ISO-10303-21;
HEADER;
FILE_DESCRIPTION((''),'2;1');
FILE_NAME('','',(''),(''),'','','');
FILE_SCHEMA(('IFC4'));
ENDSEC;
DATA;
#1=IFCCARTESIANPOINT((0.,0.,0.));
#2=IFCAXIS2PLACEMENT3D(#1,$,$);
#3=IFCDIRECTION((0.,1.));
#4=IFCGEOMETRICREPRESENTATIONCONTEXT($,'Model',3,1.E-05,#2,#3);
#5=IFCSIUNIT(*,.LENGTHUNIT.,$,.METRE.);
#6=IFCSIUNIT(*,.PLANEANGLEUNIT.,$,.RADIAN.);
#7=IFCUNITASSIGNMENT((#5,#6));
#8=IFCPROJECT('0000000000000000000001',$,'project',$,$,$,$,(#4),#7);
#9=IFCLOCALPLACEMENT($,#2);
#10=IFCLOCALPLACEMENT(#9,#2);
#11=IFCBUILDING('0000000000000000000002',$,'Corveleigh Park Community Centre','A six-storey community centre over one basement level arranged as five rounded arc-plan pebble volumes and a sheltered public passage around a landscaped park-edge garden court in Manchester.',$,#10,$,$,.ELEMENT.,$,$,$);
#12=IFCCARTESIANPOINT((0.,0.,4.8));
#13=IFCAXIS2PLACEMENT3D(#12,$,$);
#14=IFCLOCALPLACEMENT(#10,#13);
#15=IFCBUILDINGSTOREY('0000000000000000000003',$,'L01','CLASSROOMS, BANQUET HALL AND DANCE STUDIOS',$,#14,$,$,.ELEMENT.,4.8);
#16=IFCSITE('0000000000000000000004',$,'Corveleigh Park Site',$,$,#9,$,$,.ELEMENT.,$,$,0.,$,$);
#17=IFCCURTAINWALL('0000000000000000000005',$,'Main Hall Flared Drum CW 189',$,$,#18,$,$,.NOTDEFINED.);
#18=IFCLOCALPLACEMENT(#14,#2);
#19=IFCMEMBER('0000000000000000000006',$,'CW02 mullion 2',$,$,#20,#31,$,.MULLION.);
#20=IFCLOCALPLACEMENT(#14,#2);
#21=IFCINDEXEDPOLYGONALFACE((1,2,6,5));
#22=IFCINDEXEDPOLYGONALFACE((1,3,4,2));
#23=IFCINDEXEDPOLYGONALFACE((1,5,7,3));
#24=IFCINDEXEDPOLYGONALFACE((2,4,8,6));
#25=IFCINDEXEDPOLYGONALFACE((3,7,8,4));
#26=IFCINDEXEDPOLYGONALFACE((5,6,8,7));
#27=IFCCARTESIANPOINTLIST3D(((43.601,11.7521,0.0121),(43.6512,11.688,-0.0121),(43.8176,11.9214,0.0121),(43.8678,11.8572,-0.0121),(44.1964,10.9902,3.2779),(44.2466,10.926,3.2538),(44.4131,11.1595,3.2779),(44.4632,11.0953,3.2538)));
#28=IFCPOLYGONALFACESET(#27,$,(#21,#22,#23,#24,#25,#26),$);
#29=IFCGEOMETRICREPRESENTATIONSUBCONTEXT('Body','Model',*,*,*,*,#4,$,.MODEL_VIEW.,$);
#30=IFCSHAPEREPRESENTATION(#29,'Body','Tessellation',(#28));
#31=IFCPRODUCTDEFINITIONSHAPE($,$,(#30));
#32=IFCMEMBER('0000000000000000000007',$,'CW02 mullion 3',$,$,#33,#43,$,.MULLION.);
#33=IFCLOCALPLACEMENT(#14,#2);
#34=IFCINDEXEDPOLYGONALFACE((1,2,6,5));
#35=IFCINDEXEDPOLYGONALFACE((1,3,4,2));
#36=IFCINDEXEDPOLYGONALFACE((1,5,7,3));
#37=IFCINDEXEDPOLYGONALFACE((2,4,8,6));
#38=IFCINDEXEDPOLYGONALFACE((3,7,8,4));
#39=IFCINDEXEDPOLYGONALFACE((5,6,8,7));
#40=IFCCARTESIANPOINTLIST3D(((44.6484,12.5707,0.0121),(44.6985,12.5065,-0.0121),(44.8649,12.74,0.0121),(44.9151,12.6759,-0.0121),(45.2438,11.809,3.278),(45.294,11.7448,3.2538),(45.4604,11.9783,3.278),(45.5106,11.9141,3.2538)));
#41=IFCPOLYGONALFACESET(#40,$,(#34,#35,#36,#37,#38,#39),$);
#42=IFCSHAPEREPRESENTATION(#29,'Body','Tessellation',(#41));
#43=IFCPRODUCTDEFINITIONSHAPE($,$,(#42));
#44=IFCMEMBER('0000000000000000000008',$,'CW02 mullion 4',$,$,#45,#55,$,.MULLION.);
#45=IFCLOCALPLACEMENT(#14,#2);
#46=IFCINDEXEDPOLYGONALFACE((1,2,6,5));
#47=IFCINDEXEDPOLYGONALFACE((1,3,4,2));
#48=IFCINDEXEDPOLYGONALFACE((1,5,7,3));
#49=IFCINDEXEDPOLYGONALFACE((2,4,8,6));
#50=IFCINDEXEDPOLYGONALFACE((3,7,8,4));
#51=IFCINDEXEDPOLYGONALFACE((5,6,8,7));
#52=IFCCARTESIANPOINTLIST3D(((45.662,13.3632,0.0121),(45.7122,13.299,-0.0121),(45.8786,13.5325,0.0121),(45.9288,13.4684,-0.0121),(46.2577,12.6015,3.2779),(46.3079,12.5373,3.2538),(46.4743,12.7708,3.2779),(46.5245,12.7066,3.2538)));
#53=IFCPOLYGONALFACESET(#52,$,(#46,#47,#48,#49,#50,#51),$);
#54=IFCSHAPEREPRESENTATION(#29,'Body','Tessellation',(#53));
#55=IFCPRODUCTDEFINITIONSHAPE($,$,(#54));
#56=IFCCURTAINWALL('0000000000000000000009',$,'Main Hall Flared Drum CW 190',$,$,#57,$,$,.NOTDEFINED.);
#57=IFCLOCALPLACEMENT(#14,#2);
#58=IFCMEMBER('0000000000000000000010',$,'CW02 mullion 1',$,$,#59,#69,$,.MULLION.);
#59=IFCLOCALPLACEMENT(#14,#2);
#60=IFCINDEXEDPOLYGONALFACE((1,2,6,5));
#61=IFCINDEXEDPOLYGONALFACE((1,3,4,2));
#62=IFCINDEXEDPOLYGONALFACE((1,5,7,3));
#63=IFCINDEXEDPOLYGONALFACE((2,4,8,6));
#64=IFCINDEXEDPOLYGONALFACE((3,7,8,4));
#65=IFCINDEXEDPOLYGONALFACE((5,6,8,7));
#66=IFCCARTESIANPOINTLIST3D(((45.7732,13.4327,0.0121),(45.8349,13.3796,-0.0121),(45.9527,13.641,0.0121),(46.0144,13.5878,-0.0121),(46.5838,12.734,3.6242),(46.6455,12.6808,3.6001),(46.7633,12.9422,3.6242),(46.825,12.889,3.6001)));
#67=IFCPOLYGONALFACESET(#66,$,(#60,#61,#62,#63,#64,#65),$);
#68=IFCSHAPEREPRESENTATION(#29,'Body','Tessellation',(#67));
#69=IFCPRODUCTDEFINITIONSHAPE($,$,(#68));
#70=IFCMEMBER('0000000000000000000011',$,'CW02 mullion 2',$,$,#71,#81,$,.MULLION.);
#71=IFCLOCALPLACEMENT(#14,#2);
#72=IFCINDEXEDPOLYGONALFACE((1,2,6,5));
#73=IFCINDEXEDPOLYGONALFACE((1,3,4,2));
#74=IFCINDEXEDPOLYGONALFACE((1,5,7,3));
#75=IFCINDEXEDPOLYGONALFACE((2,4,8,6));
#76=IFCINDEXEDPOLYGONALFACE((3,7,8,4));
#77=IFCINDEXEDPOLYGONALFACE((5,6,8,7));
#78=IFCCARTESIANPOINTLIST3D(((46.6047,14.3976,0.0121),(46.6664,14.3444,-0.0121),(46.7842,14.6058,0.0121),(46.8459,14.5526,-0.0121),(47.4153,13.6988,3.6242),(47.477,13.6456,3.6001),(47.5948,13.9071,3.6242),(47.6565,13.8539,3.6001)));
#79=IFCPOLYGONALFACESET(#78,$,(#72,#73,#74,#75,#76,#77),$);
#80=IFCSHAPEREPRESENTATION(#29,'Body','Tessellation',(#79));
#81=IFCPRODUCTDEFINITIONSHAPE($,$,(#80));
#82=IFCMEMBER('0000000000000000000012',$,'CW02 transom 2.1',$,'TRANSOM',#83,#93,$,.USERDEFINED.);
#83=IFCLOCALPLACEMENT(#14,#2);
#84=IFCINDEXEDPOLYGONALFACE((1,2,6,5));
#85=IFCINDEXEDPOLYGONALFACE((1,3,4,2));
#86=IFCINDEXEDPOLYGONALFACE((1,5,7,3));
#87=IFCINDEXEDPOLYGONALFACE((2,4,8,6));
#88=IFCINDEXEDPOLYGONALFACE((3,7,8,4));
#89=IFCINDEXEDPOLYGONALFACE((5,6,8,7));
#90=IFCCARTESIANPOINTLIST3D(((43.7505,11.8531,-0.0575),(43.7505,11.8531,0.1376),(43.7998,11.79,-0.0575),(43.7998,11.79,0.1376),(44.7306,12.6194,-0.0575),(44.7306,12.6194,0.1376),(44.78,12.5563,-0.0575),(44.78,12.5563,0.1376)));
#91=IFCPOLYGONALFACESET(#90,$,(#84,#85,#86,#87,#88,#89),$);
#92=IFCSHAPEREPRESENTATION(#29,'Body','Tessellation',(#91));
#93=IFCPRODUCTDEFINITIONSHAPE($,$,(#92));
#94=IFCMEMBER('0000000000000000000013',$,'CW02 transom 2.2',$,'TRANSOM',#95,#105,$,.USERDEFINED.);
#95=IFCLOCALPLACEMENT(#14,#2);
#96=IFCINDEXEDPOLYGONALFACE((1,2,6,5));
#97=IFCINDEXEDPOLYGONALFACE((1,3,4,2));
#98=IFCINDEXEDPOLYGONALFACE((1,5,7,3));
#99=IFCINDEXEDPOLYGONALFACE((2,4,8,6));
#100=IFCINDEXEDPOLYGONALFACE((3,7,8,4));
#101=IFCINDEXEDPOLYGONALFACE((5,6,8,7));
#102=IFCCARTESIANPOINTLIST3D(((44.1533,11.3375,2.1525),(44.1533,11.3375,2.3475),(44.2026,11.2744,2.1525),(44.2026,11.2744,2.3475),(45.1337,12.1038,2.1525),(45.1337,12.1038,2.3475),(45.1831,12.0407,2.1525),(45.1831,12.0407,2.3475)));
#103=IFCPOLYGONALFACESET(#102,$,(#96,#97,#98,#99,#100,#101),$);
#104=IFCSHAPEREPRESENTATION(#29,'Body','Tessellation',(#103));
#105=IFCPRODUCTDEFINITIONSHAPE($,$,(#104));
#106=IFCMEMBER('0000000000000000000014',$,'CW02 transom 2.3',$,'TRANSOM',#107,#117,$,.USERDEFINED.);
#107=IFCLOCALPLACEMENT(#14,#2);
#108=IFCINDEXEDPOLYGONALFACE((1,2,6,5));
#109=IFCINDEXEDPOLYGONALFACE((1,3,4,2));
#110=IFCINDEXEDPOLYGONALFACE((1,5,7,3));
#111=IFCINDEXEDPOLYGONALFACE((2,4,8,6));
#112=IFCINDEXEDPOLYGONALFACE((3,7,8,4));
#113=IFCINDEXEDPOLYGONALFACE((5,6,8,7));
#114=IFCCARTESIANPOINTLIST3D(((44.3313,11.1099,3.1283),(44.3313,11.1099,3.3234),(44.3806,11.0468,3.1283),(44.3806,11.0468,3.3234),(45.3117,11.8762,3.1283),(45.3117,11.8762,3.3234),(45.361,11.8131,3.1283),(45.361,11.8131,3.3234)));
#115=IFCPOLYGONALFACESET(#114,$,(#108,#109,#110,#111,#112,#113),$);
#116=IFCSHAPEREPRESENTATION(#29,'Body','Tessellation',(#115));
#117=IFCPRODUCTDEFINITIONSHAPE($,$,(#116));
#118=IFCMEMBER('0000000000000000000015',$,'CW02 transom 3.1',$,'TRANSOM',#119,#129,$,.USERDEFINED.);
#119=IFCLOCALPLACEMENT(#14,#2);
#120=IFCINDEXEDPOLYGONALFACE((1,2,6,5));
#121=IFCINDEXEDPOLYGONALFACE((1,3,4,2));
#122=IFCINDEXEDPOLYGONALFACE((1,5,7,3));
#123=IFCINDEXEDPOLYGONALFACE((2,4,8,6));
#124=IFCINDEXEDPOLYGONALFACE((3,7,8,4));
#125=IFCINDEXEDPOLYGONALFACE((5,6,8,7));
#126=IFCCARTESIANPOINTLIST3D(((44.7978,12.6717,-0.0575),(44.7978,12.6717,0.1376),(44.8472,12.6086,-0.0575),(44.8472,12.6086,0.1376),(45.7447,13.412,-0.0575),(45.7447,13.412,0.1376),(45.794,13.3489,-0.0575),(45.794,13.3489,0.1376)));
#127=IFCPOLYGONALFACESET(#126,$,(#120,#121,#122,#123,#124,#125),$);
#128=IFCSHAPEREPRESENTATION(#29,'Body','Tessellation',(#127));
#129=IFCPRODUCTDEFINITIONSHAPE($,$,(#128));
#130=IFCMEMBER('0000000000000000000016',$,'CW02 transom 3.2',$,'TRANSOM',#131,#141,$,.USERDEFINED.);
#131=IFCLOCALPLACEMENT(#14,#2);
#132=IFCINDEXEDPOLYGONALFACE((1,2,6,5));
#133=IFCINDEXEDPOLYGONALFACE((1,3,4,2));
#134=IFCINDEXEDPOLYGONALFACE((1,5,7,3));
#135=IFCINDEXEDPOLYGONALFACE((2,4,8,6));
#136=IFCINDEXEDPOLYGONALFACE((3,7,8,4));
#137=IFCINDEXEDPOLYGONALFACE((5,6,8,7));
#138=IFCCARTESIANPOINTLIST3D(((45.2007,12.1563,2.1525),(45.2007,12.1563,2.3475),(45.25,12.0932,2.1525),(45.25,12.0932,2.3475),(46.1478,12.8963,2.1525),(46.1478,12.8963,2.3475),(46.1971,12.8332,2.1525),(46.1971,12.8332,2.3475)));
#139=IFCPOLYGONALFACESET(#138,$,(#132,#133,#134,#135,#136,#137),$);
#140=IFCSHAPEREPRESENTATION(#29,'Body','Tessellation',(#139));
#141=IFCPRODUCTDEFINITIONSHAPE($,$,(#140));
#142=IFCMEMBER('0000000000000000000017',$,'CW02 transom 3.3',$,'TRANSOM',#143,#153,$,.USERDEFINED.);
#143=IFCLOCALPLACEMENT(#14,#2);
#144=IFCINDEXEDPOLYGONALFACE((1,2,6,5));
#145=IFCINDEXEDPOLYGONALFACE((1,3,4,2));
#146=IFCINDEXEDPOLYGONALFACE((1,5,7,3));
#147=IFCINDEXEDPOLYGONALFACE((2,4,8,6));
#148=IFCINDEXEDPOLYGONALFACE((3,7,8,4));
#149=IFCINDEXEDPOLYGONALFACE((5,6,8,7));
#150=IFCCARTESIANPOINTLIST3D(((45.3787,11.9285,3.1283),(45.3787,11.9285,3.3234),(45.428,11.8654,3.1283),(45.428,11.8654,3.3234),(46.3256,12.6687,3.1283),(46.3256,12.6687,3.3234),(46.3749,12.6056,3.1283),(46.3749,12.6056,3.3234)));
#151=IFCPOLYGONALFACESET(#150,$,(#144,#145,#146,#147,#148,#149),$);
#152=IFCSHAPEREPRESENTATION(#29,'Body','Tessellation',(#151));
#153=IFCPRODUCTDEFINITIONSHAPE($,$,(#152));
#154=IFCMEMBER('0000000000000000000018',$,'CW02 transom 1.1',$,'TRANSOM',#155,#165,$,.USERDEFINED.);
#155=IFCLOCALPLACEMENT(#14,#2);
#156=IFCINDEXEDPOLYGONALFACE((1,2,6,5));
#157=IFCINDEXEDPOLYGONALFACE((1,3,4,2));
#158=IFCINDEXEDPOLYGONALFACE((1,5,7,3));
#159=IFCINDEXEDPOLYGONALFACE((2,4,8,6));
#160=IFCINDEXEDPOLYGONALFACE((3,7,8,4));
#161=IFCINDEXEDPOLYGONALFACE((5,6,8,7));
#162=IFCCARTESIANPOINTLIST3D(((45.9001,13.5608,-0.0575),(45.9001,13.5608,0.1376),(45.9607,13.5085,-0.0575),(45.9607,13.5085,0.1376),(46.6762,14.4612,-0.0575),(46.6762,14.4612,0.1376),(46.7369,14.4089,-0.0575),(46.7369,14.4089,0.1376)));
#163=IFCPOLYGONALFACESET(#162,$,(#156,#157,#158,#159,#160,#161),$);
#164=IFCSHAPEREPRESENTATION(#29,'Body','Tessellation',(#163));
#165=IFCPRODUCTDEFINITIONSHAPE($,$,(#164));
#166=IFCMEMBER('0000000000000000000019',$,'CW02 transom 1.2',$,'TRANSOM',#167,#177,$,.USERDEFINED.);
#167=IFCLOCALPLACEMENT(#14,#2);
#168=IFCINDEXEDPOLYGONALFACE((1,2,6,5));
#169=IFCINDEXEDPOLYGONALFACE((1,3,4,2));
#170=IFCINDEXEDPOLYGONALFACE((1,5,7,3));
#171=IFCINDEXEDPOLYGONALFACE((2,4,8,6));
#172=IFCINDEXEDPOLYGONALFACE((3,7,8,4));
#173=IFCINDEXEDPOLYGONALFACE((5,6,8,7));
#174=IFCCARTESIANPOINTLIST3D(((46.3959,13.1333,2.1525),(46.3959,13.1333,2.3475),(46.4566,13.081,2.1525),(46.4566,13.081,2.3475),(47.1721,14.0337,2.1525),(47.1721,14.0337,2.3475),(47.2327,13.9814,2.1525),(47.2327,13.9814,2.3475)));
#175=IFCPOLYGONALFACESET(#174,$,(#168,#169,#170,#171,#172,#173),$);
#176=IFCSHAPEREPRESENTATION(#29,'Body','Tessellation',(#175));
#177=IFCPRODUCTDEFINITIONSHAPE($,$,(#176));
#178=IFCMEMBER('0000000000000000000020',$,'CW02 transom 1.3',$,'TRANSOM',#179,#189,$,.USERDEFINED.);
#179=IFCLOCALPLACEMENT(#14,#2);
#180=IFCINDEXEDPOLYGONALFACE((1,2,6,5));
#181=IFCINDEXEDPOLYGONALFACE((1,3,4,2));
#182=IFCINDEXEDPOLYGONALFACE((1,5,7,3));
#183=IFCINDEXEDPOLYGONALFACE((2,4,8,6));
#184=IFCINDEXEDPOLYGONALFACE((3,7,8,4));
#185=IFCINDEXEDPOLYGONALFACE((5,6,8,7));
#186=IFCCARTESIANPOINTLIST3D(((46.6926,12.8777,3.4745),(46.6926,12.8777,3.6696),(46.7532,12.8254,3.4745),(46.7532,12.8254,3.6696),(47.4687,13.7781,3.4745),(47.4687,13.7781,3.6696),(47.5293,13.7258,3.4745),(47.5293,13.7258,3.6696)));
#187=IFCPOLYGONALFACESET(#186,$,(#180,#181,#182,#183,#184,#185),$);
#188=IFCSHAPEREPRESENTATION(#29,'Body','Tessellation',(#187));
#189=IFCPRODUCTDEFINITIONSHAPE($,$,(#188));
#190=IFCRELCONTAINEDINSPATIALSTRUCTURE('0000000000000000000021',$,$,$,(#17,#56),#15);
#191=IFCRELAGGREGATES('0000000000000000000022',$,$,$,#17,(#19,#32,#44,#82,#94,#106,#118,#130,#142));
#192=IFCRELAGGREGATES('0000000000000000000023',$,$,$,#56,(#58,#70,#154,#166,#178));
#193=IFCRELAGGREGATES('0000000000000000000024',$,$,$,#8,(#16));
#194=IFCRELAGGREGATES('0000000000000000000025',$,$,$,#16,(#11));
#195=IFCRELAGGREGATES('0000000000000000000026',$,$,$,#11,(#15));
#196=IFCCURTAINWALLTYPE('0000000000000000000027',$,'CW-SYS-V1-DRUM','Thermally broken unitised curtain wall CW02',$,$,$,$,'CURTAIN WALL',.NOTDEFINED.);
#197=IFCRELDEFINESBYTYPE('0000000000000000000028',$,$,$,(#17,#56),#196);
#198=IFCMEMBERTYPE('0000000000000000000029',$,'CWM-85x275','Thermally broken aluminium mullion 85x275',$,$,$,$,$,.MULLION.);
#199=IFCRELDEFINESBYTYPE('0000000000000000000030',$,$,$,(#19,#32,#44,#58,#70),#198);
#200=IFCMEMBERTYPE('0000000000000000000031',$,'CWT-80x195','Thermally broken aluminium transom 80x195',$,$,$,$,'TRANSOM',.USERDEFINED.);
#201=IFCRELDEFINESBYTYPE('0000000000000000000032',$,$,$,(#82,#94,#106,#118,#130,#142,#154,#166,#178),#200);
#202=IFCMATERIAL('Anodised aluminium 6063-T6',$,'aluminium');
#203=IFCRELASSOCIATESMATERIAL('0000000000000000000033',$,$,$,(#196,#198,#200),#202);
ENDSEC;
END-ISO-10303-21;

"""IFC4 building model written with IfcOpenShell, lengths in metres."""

from ifc_helpers import new_model, si_unit, direction, frame, origin, origin_2d, place, context, subcontext, project, spatial, rectangle, extrude, material, material_profile, profile_set, type_object, element, aggregate, save


model = new_model("IFC4")

# Units and contexts
model_context = context("Model", 3, precision=1e-05, world=origin(), true_north=direction((0.0, 1.0)))
body_context = subcontext(model_context, "Body", "Model", "MODEL_VIEW")
ifc_project = project(units=[si_unit("LENGTHUNIT", "METRE"), si_unit("PLANEANGLEUNIT", "RADIAN")], contexts=[model_context])

# Site, building, storey
site_placement = place(None, origin())
site = spatial("IfcSite", under=ifc_project, at=site_placement, Name="Corveleigh Park Site", CompositionType="ELEMENT", RefElevation=0.0)
building_placement = place(site_placement, origin())
building = spatial("IfcBuilding", under=site, at=building_placement, Name="Corveleigh Park Community Centre", Description="A six-storey community centre over one basement level arranged as five rounded arc-plan pebble volumes and a sheltered public passage around a landscaped park-edge garden court in Manchester.", CompositionType="ELEMENT")
storey_placement = place(building_placement, frame((0.0, 0.0, 4.8)))
storey = spatial("IfcBuildingStorey", under=building, at=storey_placement, Name="L01", Description="CLASSROOMS, BANQUET HALL AND DANCE STUDIOS", CompositionType="ELEMENT", Elevation=4.8)

# Curtain walls, members
ifc_material_1 = material(Name="Anodised aluminium 6063-T6", Category="aluminium")
curtain_wall_type = type_object("IfcCurtainWallType", Name="CW-SYS-V1-DRUM", Description="Thermally broken unitised curtain wall CW02", ElementType="CURTAIN WALL", PredefinedType="NOTDEFINED", material=ifc_material_1)
curtain_wall_1_placement = place(storey_placement, origin())
curtain_wall_1 = element("IfcCurtainWall", 1, at=curtain_wall_1_placement, inside=storey, type_object=curtain_wall_type, Name="Main Hall Flared Drum CW 189", PredefinedType="NOTDEFINED")
ifc_material_profile_1 = material_profile(ifc_material_1, rectangle(XDim=0.085, YDim=0.2749, at=origin_2d()), Name="ALU-M85x275", Category="aluminium")
ifc_profile_set_1 = profile_set([ifc_material_profile_1], Name="Anodised aluminium 6063-T6")
member_type_1 = type_object("IfcMemberType", Name="CWM-85x275", Description="Thermally broken aluminium mullion 85x275", PredefinedType="MULLION", material=ifc_profile_set_1)
member_1_placement = place(storey_placement, frame((43.7344, 11.8047, 0.0), z_axis=(0.174825, -0.22371, 0.958848), x_axis=(-0.590417, 0.755511, 0.283919)))
member_1 = element("IfcMember", 2, at=member_1_placement, type_object=member_type_1, Name="CW02 mullion 2", PredefinedType="MULLION", context=body_context, shape_type="SweptSolid", body=[
    extrude(rectangle(XDim=0.085, YDim=0.2749, at=origin_2d()), origin(), (0.0, 0.0, 1.0), 3.406),
])
member_2_placement = place(storey_placement, frame((44.7817, 12.6233, 0.0), z_axis=(0.174828, -0.223642, 0.958864), x_axis=(-0.590544, 0.755432, 0.283867)))
member_2 = element("IfcMember", 3, at=member_2_placement, type_object=member_type_1, Name="CW02 mullion 3", PredefinedType="MULLION", context=body_context, shape_type="SweptSolid", body=[
    extrude(rectangle(XDim=0.085, YDim=0.2749, at=origin_2d()), origin(), (0.0, 0.0, 1.0), 3.406),
])
member_3_placement = place(storey_placement, frame((45.7954, 13.4158, 0.0), z_axis=(0.174897, -0.223639, 0.958852), x_axis=(-0.590687, 0.755305, 0.283907)))
member_3 = element("IfcMember", 4, at=member_3_placement, type_object=member_type_1, Name="CW02 mullion 4", PredefinedType="MULLION", context=body_context, shape_type="SweptSolid", body=[
    extrude(rectangle(XDim=0.085, YDim=0.2749, at=origin_2d()), origin(), (0.0, 0.0, 1.0), 3.406),
])
curtain_wall_2_placement = place(storey_placement, origin())
curtain_wall_2 = element("IfcCurtainWall", 5, at=curtain_wall_2_placement, inside=storey, type_object=curtain_wall_type, Name="Main Hall Flared Drum CW 190", PredefinedType="NOTDEFINED")
member_4_placement = place(storey_placement, frame((45.8938, 13.5103, 0.0), z_axis=(0.215156, -0.185475, 0.958805), x_axis=(-0.726216, 0.626033, 0.284065)))
member_4 = element("IfcMember", 6, at=member_4_placement, type_object=member_type_1, Name="CW02 mullion 1", PredefinedType="MULLION", context=body_context, shape_type="SweptSolid", body=[
    extrude(rectangle(XDim=0.085, YDim=0.2749, at=origin_2d()), origin(), (0.0, 0.0, 1.0), 3.7673),
])
member_5_placement = place(storey_placement, frame((46.7253, 14.4751, 0.0), z_axis=(0.215156, -0.185475, 0.958805), x_axis=(-0.726216, 0.626033, 0.284065)))
member_5 = element("IfcMember", 7, at=member_5_placement, type_object=member_type_1, Name="CW02 mullion 2", PredefinedType="MULLION", context=body_context, shape_type="SweptSolid", body=[
    extrude(rectangle(XDim=0.085, YDim=0.2749, at=origin_2d()), origin(), (0.0, 0.0, 1.0), 3.7673),
])

# Members
ifc_material_profile_2 = material_profile(ifc_material_1, rectangle(XDim=0.0801, YDim=0.1951, at=origin_2d()), Name="ALU-T80x195", Category="aluminium")
ifc_profile_set_2 = profile_set([ifc_material_profile_2], Name="Anodised aluminium 6063-T6")
member_type_2 = type_object("IfcMemberType", Name="CWT-80x195", Description="Thermally broken aluminium transom 80x195", ElementType="TRANSOM", PredefinedType="USERDEFINED", material=ifc_profile_set_2)
member_6_placement = place(storey_placement, frame((43.7751, 11.8215, 0.04), z_axis=(0.787807, 0.615922, 0.0), x_axis=(-0.615922, 0.787807, 0.0)))
member_6 = element("IfcMember", 8, at=member_6_placement, type_object=member_type_2, Name="CW02 transom 2.1", ObjectType="TRANSOM", PredefinedType="USERDEFINED", context=body_context, shape_type="SweptSolid", body=[
    extrude(rectangle(XDim=0.0801, YDim=0.1951, at=origin_2d()), origin(), (0.0, 0.0, 1.0), 1.2441),
])
member_7_placement = place(storey_placement, frame((44.178, 11.3059, 2.25), z_axis=(0.787882, 0.615827, 0.0), x_axis=(-0.615827, 0.787882, 0.0)))
member_7 = element("IfcMember", 9, at=member_7_placement, type_object=member_type_2, Name="CW02 transom 2.2", ObjectType="TRANSOM", PredefinedType="USERDEFINED", context=body_context, shape_type="SweptSolid", body=[
    extrude(rectangle(XDim=0.0801, YDim=0.1951, at=origin_2d()), origin(), (0.0, 0.0, 1.0), 1.2444),
])
member_8_placement = place(storey_placement, frame((44.356, 11.0784, 3.2258), z_axis=(0.787882, 0.615827, 0.0), x_axis=(-0.615827, 0.787882, 0.0)))
member_8 = element("IfcMember", 10, at=member_8_placement, type_object=member_type_2, Name="CW02 transom 2.3", ObjectType="TRANSOM", PredefinedType="USERDEFINED", context=body_context, shape_type="SweptSolid", body=[
    extrude(rectangle(XDim=0.0801, YDim=0.1951, at=origin_2d()), origin(), (0.0, 0.0, 1.0), 1.2444),
])
member_9_placement = place(storey_placement, frame((44.8225, 12.6401, 0.04), z_axis=(0.787796, 0.615936, 0.0), x_axis=(-0.615936, 0.787796, 0.0)))
member_9 = element("IfcMember", 11, at=member_9_placement, type_object=member_type_2, Name="CW02 transom 3.1", ObjectType="TRANSOM", PredefinedType="USERDEFINED", context=body_context, shape_type="SweptSolid", body=[
    extrude(rectangle(XDim=0.0801, YDim=0.1951, at=origin_2d()), origin(), (0.0, 0.0, 1.0), 1.2019),
])
member_10_placement = place(storey_placement, frame((45.2253, 12.1248, 2.25), z_axis=(0.787972, 0.615711, 0.0), x_axis=(-0.615711, 0.787972, 0.0)))
member_10 = element("IfcMember", 12, at=member_10_placement, type_object=member_type_2, Name="CW02 transom 3.2", ObjectType="TRANSOM", PredefinedType="USERDEFINED", context=body_context, shape_type="SweptSolid", body=[
    extrude(rectangle(XDim=0.0801, YDim=0.1951, at=origin_2d()), origin(), (0.0, 0.0, 1.0), 1.2019),
])
member_11_placement = place(storey_placement, frame((45.4033, 11.897, 3.2258), z_axis=(0.787873, 0.615837, 0.0), x_axis=(-0.615837, 0.787873, 0.0)))
member_11 = element("IfcMember", 13, at=member_11_placement, type_object=member_type_2, Name="CW02 transom 3.3", ObjectType="TRANSOM", PredefinedType="USERDEFINED", context=body_context, shape_type="SweptSolid", body=[
    extrude(rectangle(XDim=0.0801, YDim=0.1951, at=origin_2d()), origin(), (0.0, 0.0, 1.0), 1.2019),
])
member_12_placement = place(storey_placement, frame((45.9304, 13.5347, 0.04), z_axis=(0.652903, 0.757441, 0.0), x_axis=(-0.757441, 0.652903, 0.0)))
member_12 = element("IfcMember", 14, at=member_12_placement, type_object=member_type_2, Name="CW02 transom 1.1", ObjectType="TRANSOM", PredefinedType="USERDEFINED", context=body_context, shape_type="SweptSolid", body=[
    extrude(rectangle(XDim=0.0801, YDim=0.1951, at=origin_2d()), origin(), (0.0, 0.0, 1.0), 1.1887),
])
member_13_placement = place(storey_placement, frame((46.4263, 13.1072, 2.25), z_axis=(0.652903, 0.757441, 0.0), x_axis=(-0.757441, 0.652903, 0.0)))
member_13 = element("IfcMember", 15, at=member_13_placement, type_object=member_type_2, Name="CW02 transom 1.2", ObjectType="TRANSOM", PredefinedType="USERDEFINED", context=body_context, shape_type="SweptSolid", body=[
    extrude(rectangle(XDim=0.0801, YDim=0.1951, at=origin_2d()), origin(), (0.0, 0.0, 1.0), 1.1887),
])
member_14_placement = place(storey_placement, frame((46.7229, 12.8516, 3.572), z_axis=(0.652903, 0.757441, 0.0), x_axis=(-0.757441, 0.652903, 0.0)))
member_14 = element("IfcMember", 16, at=member_14_placement, type_object=member_type_2, Name="CW02 transom 1.3", ObjectType="TRANSOM", PredefinedType="USERDEFINED", context=body_context, shape_type="SweptSolid", body=[
    extrude(rectangle(XDim=0.0801, YDim=0.1951, at=origin_2d()), origin(), (0.0, 0.0, 1.0), 1.1887),
])

aggregate(curtain_wall_1, [member_1, member_2, member_3, member_6, member_7, member_8, member_9, member_10, member_11])
aggregate(curtain_wall_2, [member_4, member_5, member_12, member_13, member_14])

save(model, "model.ifc")
